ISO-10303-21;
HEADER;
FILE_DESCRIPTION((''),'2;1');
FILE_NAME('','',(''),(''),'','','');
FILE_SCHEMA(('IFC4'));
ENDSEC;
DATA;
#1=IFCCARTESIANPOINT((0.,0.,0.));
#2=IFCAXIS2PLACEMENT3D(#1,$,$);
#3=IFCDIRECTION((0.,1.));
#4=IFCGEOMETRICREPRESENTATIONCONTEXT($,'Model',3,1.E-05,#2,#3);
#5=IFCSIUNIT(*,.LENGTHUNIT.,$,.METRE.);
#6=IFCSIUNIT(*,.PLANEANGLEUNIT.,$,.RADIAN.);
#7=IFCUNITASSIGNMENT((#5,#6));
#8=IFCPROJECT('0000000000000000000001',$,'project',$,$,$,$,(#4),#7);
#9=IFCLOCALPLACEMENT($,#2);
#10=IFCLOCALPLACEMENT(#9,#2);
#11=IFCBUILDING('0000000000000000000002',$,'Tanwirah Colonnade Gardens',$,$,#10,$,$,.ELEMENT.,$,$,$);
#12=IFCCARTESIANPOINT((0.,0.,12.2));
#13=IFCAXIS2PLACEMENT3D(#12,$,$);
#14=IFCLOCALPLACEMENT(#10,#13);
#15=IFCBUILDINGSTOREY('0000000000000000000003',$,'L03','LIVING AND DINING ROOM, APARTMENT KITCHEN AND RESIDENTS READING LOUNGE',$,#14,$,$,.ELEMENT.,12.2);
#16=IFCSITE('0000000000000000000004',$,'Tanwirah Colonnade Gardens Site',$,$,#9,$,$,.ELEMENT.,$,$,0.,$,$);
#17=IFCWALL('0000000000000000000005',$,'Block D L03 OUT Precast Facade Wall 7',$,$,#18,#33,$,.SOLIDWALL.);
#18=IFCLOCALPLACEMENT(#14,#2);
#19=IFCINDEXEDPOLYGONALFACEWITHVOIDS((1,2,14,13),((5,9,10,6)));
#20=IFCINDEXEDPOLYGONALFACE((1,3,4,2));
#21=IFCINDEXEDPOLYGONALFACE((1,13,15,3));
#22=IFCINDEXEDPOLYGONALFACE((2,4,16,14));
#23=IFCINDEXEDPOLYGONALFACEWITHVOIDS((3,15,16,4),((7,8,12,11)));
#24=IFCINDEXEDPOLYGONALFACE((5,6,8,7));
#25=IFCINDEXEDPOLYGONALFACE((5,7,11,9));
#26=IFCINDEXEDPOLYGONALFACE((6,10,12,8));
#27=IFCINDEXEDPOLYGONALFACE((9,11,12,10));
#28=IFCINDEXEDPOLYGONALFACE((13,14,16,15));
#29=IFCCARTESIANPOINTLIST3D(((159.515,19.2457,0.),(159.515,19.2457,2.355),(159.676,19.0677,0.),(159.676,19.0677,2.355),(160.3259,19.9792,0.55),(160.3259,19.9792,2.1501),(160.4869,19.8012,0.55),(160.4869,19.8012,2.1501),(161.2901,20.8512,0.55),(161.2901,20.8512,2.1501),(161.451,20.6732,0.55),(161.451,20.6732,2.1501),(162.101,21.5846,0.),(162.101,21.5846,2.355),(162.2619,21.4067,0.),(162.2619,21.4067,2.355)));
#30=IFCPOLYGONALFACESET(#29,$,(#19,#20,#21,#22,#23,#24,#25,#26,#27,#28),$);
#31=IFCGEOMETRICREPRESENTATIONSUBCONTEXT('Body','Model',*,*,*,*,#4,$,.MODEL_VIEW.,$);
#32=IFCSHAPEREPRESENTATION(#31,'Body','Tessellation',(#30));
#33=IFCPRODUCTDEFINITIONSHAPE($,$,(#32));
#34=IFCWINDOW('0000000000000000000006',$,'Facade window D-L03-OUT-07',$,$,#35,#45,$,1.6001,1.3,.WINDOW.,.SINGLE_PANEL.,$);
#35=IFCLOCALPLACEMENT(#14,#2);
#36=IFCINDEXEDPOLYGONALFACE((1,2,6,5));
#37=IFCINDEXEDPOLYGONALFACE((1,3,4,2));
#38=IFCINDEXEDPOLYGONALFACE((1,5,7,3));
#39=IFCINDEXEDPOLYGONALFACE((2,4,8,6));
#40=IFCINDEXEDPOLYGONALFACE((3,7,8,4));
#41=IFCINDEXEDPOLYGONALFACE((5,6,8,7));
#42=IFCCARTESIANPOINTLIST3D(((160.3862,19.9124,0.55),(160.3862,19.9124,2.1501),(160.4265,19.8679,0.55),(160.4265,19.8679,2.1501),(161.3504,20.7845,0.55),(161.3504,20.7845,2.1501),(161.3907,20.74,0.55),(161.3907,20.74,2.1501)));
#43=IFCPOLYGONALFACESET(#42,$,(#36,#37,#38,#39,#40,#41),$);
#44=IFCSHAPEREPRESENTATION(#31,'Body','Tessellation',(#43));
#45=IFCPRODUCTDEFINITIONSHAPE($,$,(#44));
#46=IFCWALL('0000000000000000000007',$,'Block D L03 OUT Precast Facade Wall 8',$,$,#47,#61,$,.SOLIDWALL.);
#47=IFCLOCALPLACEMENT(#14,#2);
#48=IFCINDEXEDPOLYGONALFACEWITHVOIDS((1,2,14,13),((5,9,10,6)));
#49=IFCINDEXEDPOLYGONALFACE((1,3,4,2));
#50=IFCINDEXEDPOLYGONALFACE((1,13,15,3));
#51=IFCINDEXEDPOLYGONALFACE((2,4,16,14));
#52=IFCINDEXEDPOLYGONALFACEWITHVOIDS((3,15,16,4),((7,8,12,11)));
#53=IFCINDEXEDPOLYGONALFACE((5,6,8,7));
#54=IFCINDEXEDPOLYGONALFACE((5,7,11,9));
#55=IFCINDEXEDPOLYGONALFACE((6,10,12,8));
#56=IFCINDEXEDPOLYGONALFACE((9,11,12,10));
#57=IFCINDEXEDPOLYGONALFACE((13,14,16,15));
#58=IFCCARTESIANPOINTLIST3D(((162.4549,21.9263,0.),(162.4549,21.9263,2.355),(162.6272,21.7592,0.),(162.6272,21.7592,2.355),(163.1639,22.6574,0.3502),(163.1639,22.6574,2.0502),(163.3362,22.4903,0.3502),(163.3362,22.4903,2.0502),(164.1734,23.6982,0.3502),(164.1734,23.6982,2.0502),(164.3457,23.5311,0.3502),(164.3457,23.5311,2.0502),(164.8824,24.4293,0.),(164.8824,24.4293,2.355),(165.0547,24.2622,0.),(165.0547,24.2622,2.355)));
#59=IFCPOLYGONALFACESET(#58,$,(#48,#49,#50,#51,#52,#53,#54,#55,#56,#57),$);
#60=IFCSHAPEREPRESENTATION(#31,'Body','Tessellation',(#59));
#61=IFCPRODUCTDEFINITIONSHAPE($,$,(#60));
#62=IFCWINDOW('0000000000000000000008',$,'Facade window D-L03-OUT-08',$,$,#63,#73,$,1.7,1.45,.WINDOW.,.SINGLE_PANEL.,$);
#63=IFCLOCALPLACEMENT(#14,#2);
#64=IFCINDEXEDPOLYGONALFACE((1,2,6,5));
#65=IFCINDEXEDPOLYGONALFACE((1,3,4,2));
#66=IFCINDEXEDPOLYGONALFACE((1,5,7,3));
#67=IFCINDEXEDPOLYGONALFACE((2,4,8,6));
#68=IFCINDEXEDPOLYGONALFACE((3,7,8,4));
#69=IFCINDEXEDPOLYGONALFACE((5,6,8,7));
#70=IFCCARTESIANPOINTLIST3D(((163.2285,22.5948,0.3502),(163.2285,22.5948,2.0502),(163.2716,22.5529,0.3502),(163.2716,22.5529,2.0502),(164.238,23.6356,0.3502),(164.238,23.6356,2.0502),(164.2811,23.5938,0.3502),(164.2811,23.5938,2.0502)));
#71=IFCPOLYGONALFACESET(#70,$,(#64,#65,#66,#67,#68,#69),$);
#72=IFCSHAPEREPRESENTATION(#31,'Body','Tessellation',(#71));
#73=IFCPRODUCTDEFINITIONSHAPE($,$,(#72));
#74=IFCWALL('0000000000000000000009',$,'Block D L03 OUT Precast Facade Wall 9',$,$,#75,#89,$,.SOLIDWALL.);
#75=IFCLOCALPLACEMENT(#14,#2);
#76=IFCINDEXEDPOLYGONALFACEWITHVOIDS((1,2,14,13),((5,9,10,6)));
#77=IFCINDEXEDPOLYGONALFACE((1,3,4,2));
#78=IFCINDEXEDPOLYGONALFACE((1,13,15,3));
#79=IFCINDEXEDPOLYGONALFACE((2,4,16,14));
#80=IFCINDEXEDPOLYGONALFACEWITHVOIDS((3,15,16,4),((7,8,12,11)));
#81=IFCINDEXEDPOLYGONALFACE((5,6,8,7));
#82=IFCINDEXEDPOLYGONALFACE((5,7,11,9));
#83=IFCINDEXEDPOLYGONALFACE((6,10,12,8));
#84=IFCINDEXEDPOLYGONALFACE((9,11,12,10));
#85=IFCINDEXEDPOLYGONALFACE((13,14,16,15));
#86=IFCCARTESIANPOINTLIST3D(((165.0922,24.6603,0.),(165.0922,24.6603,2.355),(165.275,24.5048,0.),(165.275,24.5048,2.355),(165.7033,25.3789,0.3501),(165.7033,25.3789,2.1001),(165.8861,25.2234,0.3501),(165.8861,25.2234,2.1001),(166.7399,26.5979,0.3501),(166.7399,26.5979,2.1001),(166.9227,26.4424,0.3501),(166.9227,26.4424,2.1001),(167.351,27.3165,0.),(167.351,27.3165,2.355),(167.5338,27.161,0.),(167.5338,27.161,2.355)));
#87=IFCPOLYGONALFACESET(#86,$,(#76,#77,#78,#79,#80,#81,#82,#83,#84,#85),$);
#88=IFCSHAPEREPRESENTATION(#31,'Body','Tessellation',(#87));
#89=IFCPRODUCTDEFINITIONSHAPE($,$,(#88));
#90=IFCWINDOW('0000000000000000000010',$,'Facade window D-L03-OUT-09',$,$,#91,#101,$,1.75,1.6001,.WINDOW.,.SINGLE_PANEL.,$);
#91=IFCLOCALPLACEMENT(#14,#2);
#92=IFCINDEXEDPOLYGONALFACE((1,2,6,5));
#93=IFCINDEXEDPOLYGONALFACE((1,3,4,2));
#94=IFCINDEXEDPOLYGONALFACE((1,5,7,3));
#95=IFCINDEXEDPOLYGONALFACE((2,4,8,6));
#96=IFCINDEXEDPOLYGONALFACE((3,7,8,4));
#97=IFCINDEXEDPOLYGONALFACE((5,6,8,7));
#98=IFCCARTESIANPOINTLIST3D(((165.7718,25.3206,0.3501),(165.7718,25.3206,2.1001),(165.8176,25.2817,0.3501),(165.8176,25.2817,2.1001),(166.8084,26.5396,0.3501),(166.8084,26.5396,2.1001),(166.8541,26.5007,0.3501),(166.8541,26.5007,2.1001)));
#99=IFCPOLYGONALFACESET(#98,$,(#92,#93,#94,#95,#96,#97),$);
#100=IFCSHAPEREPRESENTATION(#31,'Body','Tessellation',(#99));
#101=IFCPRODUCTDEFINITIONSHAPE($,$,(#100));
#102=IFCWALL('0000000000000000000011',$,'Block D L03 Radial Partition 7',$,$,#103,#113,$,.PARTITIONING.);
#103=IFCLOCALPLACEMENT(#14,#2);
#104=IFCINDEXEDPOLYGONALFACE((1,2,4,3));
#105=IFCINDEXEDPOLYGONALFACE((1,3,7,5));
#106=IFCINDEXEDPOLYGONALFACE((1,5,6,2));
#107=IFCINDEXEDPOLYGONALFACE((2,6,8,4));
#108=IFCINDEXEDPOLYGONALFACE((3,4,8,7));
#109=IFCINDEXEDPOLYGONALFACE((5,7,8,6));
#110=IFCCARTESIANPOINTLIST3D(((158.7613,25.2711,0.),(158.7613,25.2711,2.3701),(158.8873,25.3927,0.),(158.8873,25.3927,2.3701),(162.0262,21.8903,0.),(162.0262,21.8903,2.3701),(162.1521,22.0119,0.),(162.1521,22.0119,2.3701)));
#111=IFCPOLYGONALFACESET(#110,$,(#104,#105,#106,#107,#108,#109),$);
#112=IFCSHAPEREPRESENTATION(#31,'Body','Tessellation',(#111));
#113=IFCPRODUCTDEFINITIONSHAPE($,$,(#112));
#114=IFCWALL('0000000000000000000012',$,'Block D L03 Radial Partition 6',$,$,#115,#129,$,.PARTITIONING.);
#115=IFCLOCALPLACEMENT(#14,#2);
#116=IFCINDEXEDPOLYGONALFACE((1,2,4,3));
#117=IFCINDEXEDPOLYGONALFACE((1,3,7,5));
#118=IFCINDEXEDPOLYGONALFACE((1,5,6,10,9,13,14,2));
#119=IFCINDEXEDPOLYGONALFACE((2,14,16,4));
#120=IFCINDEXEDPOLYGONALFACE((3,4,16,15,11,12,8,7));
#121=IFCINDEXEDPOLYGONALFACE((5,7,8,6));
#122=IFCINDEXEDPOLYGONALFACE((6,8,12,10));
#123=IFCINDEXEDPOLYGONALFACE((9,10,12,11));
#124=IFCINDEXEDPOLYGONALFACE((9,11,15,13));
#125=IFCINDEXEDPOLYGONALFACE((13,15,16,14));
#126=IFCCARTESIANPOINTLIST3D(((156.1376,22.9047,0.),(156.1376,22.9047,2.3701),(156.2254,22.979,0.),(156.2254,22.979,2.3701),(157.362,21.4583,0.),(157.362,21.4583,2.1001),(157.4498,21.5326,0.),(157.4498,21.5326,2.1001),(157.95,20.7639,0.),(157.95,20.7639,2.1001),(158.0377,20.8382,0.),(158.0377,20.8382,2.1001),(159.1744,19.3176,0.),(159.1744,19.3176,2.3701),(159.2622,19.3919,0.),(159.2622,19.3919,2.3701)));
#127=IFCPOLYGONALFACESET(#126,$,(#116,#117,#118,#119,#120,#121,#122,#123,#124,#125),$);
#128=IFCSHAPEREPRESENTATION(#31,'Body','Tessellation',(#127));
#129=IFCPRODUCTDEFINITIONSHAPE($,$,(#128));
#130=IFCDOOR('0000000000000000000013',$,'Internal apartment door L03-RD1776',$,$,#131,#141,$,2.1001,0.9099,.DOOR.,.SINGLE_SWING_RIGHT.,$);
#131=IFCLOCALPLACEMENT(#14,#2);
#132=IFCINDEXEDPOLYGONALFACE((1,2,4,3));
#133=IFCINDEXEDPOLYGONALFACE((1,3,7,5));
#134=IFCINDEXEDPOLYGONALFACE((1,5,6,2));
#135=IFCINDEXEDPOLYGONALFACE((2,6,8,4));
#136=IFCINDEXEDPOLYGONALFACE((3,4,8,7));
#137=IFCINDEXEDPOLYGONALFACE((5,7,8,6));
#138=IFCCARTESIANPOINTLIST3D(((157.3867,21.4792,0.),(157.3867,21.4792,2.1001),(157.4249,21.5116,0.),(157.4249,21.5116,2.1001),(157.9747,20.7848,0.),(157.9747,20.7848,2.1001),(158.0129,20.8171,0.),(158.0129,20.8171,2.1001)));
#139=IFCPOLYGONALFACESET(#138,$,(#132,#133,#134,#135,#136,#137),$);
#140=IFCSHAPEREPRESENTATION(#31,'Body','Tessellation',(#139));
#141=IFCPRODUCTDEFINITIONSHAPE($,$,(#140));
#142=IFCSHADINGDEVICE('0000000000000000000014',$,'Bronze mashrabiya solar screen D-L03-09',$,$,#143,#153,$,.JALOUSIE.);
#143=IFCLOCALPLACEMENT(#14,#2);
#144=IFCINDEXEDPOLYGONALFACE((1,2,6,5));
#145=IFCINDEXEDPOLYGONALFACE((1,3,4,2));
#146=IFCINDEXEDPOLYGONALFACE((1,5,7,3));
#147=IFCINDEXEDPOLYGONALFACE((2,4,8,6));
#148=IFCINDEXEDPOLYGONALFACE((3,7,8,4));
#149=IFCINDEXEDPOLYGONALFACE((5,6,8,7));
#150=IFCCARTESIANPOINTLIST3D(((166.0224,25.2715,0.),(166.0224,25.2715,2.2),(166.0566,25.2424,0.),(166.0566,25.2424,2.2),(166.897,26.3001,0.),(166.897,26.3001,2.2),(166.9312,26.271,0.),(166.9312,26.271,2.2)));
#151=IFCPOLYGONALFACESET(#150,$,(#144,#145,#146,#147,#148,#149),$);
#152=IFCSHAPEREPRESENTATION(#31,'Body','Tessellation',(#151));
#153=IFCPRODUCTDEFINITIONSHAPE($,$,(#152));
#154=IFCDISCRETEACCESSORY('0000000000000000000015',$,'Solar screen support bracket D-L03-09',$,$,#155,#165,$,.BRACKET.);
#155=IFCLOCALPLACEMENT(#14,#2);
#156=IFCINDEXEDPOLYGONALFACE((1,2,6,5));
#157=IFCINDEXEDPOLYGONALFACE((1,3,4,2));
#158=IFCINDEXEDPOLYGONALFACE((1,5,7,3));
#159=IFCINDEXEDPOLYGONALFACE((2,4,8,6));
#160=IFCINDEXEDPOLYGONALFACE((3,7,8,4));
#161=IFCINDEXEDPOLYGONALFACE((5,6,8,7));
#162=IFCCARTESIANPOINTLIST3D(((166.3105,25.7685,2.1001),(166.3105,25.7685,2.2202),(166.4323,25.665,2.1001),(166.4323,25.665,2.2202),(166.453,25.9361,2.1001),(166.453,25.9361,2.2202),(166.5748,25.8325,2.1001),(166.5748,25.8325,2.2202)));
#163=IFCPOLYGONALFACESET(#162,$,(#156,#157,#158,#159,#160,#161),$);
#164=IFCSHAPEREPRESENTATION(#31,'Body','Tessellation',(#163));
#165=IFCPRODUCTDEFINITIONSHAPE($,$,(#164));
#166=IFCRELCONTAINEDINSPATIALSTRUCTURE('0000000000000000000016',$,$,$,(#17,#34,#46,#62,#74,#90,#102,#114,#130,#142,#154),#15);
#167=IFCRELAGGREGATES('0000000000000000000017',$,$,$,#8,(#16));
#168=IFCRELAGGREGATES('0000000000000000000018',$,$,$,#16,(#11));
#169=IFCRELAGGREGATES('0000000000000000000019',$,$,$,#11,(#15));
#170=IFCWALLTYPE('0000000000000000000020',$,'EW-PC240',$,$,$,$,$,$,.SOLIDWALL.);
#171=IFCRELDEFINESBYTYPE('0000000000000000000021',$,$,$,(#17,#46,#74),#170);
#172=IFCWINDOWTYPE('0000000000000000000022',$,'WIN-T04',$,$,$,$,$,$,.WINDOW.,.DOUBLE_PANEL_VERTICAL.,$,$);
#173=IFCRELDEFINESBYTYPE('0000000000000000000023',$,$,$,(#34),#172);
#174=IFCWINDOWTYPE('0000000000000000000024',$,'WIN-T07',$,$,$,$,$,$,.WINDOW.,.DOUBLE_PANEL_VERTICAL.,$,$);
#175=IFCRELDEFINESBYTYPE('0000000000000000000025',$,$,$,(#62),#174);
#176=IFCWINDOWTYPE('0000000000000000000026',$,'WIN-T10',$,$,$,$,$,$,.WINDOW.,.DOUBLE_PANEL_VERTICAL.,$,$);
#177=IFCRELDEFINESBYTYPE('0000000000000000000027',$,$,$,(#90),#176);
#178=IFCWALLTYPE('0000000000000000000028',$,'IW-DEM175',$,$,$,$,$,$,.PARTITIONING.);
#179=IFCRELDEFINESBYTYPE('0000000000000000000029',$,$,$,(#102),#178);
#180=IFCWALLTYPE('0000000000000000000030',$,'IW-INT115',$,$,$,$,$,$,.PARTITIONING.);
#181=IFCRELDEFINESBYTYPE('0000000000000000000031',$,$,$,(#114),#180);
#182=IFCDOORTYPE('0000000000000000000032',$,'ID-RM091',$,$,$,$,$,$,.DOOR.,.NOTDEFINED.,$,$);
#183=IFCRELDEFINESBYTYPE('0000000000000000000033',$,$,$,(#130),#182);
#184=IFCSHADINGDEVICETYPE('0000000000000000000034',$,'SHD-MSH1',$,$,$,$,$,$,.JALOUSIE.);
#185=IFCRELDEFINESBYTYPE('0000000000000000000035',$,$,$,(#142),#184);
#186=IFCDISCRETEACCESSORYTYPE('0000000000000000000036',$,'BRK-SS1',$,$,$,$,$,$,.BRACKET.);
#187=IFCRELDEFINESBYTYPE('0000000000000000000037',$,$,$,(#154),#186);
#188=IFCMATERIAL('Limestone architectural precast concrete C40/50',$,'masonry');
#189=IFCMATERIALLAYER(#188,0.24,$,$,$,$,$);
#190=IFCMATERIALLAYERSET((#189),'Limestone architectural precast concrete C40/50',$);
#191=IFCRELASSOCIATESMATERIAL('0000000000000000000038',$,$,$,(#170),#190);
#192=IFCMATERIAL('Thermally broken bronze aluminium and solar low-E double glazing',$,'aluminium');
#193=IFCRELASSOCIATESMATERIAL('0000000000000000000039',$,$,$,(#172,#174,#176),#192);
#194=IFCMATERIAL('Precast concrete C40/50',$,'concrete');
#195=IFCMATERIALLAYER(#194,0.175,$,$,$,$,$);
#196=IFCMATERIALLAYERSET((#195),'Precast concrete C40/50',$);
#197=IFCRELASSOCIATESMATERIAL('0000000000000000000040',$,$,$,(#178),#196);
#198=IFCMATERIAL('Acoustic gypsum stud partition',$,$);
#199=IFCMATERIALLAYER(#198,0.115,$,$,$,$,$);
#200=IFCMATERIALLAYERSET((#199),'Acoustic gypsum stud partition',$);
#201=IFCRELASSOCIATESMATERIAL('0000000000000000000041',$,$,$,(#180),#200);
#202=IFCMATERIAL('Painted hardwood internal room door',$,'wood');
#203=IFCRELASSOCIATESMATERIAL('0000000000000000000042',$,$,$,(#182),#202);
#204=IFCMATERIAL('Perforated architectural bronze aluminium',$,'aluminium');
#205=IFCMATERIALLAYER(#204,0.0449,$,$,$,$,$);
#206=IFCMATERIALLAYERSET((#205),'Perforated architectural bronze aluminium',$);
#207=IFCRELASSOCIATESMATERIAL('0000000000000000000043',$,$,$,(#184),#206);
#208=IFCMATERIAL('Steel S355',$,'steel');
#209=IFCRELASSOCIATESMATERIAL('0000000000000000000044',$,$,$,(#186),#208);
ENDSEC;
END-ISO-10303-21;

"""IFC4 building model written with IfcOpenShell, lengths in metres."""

from ifc_helpers import new_model, si_unit, direction, frame, frame_2d, origin, origin_2d, place, context, subcontext, project, spatial, rectangle, extrude, material, layer, layer_set, type_object, element, fill, save


model = new_model("IFC4")

# Units and contexts
model_context = context("Model", 3, precision=1e-05, world=origin(), true_north=direction((0.0, 1.0)))
body_context = subcontext(model_context, "Body", "Model", "MODEL_VIEW")
ifc_project = project(units=[si_unit("LENGTHUNIT", "METRE"), si_unit("PLANEANGLEUNIT", "RADIAN")], contexts=[model_context])

# Site, building, storey
site_placement = place(None, origin())
site = spatial("IfcSite", under=ifc_project, at=site_placement, Name="Tanwirah Colonnade Gardens Site", CompositionType="ELEMENT", RefElevation=0.0)
building_placement = place(site_placement, origin())
building = spatial("IfcBuilding", under=site, at=building_placement, Name="Tanwirah Colonnade Gardens", CompositionType="ELEMENT")
storey_placement = place(building_placement, frame((0.0, 0.0, 12.2)))
storey = spatial("IfcBuildingStorey", under=building, at=storey_placement, Name="L03", Description="LIVING AND DINING ROOM, APARTMENT KITCHEN AND RESIDENTS READING LOUNGE", CompositionType="ELEMENT", Elevation=12.2)

# Shared definitions
ifc_material_1 = material(Name="Precast concrete C40/50", Category="concrete")

# Shared definitions
ifc_material_2 = material(Name="Limestone architectural precast concrete C40/50", Category="masonry")
ifc_layer_1 = layer(ifc_material_2, 0.24)
ifc_layer_set_1 = layer_set([ifc_layer_1], Name="Limestone architectural precast concrete C40/50")
wall_type_1 = type_object("IfcWallType", Name="EW-PC240", PredefinedType="SOLIDWALL", material=ifc_layer_set_1)

# Walls, openings, windows
wall_1_placement = place(storey_placement, frame((159.5955, 19.1567, 0.0), z_axis=(0.0, 0.0, 1.0), x_axis=(0.741649, 0.670789, 0.0)))
wall_1 = element("IfcWall", 1, at=wall_1_placement, inside=storey, type_object=wall_type_1, Name="Block D L03 OUT Precast Facade Wall 7", PredefinedType="SOLIDWALL", context=body_context, shape_type="SweptSolid", body=[
    extrude(rectangle(XDim=3.4868, YDim=0.24, at=frame_2d((1.7434, 0.0))), origin(), (0.0, 0.0, 1.0), 2.355),
])
opening_1_placement = place(wall_1_placement, frame((1.0935, 0.0, 0.55)))
opening_1 = element("IfcOpeningElement", 2, at=opening_1_placement, cuts=wall_1, PredefinedType="OPENING", context=body_context, shape_type="SweptSolid", body=[
    extrude(rectangle(XDim=1.3, YDim=1.6001, at=frame_2d((0.6499, 0.8))), frame((0.0, 0.1299, 0.0), z_axis=(0.0, -1.0, 0.0), x_axis=(1.0, 0.0, 0.0)), (0.0, 0.0, 1.0), 0.26),
])
ifc_material_3 = material(Name="Thermally broken bronze aluminium and solar low-E double glazing", Category="aluminium")
window_type_1 = type_object("IfcWindowType", Name="WIN-T04", PartitioningType="DOUBLE_PANEL_VERTICAL", PredefinedType="WINDOW", material=ifc_material_3)
window_1_placement = place(opening_1_placement, origin())
window_1 = element("IfcWindow", 3, at=window_1_placement, inside=storey, type_object=window_type_1, Name="Facade window D-L03-OUT-07", OverallHeight=1.6001, OverallWidth=1.3, PartitioningType="SINGLE_PANEL", PredefinedType="WINDOW", context=body_context, shape_type="SweptSolid", body=[
    extrude(rectangle(XDim=1.3, YDim=1.6001, at=frame_2d((0.6499, 0.8))), frame((0.0, 0.03, 0.0), z_axis=(0.0, -1.0, 0.0), x_axis=(1.0, 0.0, 0.0)), (0.0, 0.0, 1.0), 0.0601),
])
fill(opening_1, window_1)
wall_2_placement = place(storey_placement, frame((162.541, 21.8428, 0.0), z_axis=(0.0, 0.0, 1.0), x_axis=(0.696206, 0.717842, 0.0)))
wall_2 = element("IfcWall", 4, at=wall_2_placement, inside=storey, type_object=wall_type_1, Name="Block D L03 OUT Precast Facade Wall 8", PredefinedType="SOLIDWALL", context=body_context, shape_type="SweptSolid", body=[
    extrude(rectangle(XDim=3.4868, YDim=0.24, at=frame_2d((1.7434, 0.0))), origin(), (0.0, 0.0, 1.0), 2.355),
])
opening_2_placement = place(wall_2_placement, frame((1.0183, 0.0, 0.3501)))
opening_2 = element("IfcOpeningElement", 5, at=opening_2_placement, cuts=wall_2, PredefinedType="OPENING", context=body_context, shape_type="SweptSolid", body=[
    extrude(rectangle(XDim=1.45, YDim=1.7, at=frame_2d((0.7251, 0.8501))), frame((0.0, 0.1299, 0.0), z_axis=(0.0, -1.0, 0.0), x_axis=(1.0, 0.0, 0.0)), (0.0, 0.0, 1.0), 0.26),
])
window_type_2 = type_object("IfcWindowType", Name="WIN-T07", PartitioningType="DOUBLE_PANEL_VERTICAL", PredefinedType="WINDOW", material=ifc_material_3)
window_2_placement = place(opening_2_placement, origin())
window_2 = element("IfcWindow", 6, at=window_2_placement, inside=storey, type_object=window_type_2, Name="Facade window D-L03-OUT-08", OverallHeight=1.7, OverallWidth=1.45, PartitioningType="SINGLE_PANEL", PredefinedType="WINDOW", context=body_context, shape_type="SweptSolid", body=[
    extrude(rectangle(XDim=1.45, YDim=1.7, at=frame_2d((0.7251, 0.8501))), frame((0.0, 0.03, 0.0), z_axis=(0.0, -1.0, 0.0), x_axis=(1.0, 0.0, 0.0)), (0.0, 0.0, 1.0), 0.0601),
])
fill(opening_2, window_2)
wall_3_placement = place(storey_placement, frame((165.1836, 24.5825, 0.0), z_axis=(0.0, 0.0, 1.0), x_axis=(0.647811, 0.761801, 0.0)))
wall_3 = element("IfcWall", 7, at=wall_3_placement, inside=storey, type_object=wall_type_1, Name="Block D L03 OUT Precast Facade Wall 9", PredefinedType="SOLIDWALL", context=body_context, shape_type="SweptSolid", body=[
    extrude(rectangle(XDim=3.4868, YDim=0.24, at=frame_2d((1.7434, 0.0))), origin(), (0.0, 0.0, 1.0), 2.355),
])
opening_3_placement = place(wall_3_placement, frame((0.9434, 0.0, 0.3501)))
opening_3 = element("IfcOpeningElement", 8, at=opening_3_placement, cuts=wall_3, PredefinedType="OPENING", context=body_context, shape_type="SweptSolid", body=[
    extrude(rectangle(XDim=1.6001, YDim=1.75, at=frame_2d((0.8, 0.875))), frame((0.0, 0.1299, 0.0), z_axis=(0.0, -1.0, 0.0), x_axis=(1.0, 0.0, 0.0)), (0.0, 0.0, 1.0), 0.26),
])
window_type_3 = type_object("IfcWindowType", Name="WIN-T10", PartitioningType="DOUBLE_PANEL_VERTICAL", PredefinedType="WINDOW", material=ifc_material_3)
window_3_placement = place(opening_3_placement, origin())
window_3 = element("IfcWindow", 9, at=window_3_placement, inside=storey, type_object=window_type_3, Name="Facade window D-L03-OUT-09", OverallHeight=1.75, OverallWidth=1.6001, PartitioningType="SINGLE_PANEL", PredefinedType="WINDOW", context=body_context, shape_type="SweptSolid", body=[
    extrude(rectangle(XDim=1.6001, YDim=1.75, at=frame_2d((0.8, 0.875))), frame((0.0, 0.03, 0.0), z_axis=(0.0, -1.0, 0.0), x_axis=(1.0, 0.0, 0.0)), (0.0, 0.0, 1.0), 0.0601),
])
fill(opening_3, window_3)

# Wall
ifc_layer_2 = layer(ifc_material_1, 0.175)
ifc_layer_set_2 = layer_set([ifc_layer_2], Name="Precast concrete C40/50")
wall_type_2 = type_object("IfcWallType", Name="IW-DEM175", PredefinedType="PARTITIONING", material=ifc_layer_set_2)
wall_4_placement = place(storey_placement, frame((158.8242, 25.332, 0.0), z_axis=(0.0, 0.0, 1.0), x_axis=(0.694662, -0.719336, 0.0)))
element("IfcWall", 10, at=wall_4_placement, inside=storey, type_object=wall_type_2, Name="Block D L03 Radial Partition 7", PredefinedType="PARTITIONING", context=body_context, shape_type="SweptSolid", body=[
    extrude(rectangle(XDim=4.7, YDim=0.175, at=frame_2d((2.3501, 0.0))), origin(), (0.0, 0.0, 1.0), 2.3701),
])

# Wall, opening, door
ifc_material_4 = material(Name="Acoustic gypsum stud partition")
ifc_layer_3 = layer(ifc_material_4, 0.115)
ifc_layer_set_3 = layer_set([ifc_layer_3], Name="Acoustic gypsum stud partition")
wall_type_3 = type_object("IfcWallType", Name="IW-INT115", PredefinedType="PARTITIONING", material=ifc_layer_set_3)
wall_5_placement = place(storey_placement, frame((156.1814, 22.9419, 0.0), z_axis=(0.0, 0.0, 1.0), x_axis=(0.646138, -0.763221, 0.0)))
wall_5 = element("IfcWall", 11, at=wall_5_placement, inside=storey, type_object=wall_type_3, Name="Block D L03 Radial Partition 6", PredefinedType="PARTITIONING", context=body_context, shape_type="SweptSolid", body=[
    extrude(rectangle(XDim=4.7, YDim=0.115, at=frame_2d((2.3501, 0.0))), origin(), (0.0, 0.0, 1.0), 2.3701),
])
opening_4_placement = place(wall_5_placement, frame((1.895, 0.0, 0.0)))
opening_4 = element("IfcOpeningElement", 12, at=opening_4_placement, cuts=wall_5, PredefinedType="OPENING", context=body_context, shape_type="SweptSolid", body=[
    extrude(rectangle(XDim=0.9099, YDim=2.1001, at=frame_2d((0.4551, 1.05))), frame((0.0, 0.0674, 0.0), z_axis=(0.0, -1.0, 0.0), x_axis=(1.0, 0.0, 0.0)), (0.0, 0.0, 1.0), 0.135),
])
ifc_material_5 = material(Name="Painted hardwood internal room door", Category="wood")
door_type_1 = type_object("IfcDoorType", Name="ID-RM091", OperationType="NOTDEFINED", PredefinedType="DOOR", material=ifc_material_5)
door_1_placement = place(opening_4_placement, origin())
door_1 = element("IfcDoor", 13, at=door_1_placement, inside=storey, type_object=door_type_1, Name="Internal apartment door L03-RD1776", OperationType="SINGLE_SWING_RIGHT", OverallHeight=2.1001, OverallWidth=0.9099, PredefinedType="DOOR", context=body_context, shape_type="SweptSolid", body=[
    extrude(rectangle(XDim=0.9099, YDim=2.1001, at=frame_2d((0.4551, 1.05))), frame((0.0, 0.0249, 0.0), z_axis=(0.0, -1.0, 0.0), x_axis=(1.0, 0.0, 0.0)), (0.0, 0.0, 1.0), 0.05),
])
fill(opening_4, door_1)

# Shading device
ifc_material_6 = material(Name="Perforated architectural bronze aluminium", Category="aluminium")
ifc_layer_4 = layer(ifc_material_6, 0.0449)
ifc_layer_set_4 = layer_set([ifc_layer_4], Name="Perforated architectural bronze aluminium")
shading_device_type = type_object("IfcShadingDeviceType", Name="SHD-MSH1", PredefinedType="JALOUSIE", material=ifc_layer_set_4)
shading_device_placement = place(storey_placement, frame((166.4768, 25.7712, 0.0), z_axis=(0.0, 0.0, 1.0), x_axis=(0.647787, 0.761821, 0.0)))
element("IfcShadingDevice", 14, at=shading_device_placement, inside=storey, type_object=shading_device_type, Name="Bronze mashrabiya solar screen D-L03-09", PredefinedType="JALOUSIE", context=body_context, shape_type="SweptSolid", body=[
    extrude(rectangle(XDim=1.3501, YDim=0.0449, at=origin_2d()), origin(), (0.0, 0.0, 1.0), 2.2),
])

# Discrete accessory
ifc_material_7 = material(Name="Steel S355", Category="steel")
discrete_accessory_type = type_object("IfcDiscreteAccessoryType", Name="BRK-SS1", PredefinedType="BRACKET", material=ifc_material_7)
discrete_accessory_placement = place(storey_placement, frame((166.4426, 25.8005, 2.1001), z_axis=(0.0, 0.0, 1.0), x_axis=(0.647787, 0.761821, 0.0)))
element("IfcDiscreteAccessory", 15, at=discrete_accessory_placement, inside=storey, type_object=discrete_accessory_type, Name="Solar screen support bracket D-L03-09", PredefinedType="BRACKET", context=body_context, shape_type="SweptSolid", body=[
    extrude(rectangle(XDim=0.22, YDim=0.1599, at=origin_2d()), origin(), (0.0, 0.0, 1.0), 0.1201),
])

save(model, "model.ifc")
